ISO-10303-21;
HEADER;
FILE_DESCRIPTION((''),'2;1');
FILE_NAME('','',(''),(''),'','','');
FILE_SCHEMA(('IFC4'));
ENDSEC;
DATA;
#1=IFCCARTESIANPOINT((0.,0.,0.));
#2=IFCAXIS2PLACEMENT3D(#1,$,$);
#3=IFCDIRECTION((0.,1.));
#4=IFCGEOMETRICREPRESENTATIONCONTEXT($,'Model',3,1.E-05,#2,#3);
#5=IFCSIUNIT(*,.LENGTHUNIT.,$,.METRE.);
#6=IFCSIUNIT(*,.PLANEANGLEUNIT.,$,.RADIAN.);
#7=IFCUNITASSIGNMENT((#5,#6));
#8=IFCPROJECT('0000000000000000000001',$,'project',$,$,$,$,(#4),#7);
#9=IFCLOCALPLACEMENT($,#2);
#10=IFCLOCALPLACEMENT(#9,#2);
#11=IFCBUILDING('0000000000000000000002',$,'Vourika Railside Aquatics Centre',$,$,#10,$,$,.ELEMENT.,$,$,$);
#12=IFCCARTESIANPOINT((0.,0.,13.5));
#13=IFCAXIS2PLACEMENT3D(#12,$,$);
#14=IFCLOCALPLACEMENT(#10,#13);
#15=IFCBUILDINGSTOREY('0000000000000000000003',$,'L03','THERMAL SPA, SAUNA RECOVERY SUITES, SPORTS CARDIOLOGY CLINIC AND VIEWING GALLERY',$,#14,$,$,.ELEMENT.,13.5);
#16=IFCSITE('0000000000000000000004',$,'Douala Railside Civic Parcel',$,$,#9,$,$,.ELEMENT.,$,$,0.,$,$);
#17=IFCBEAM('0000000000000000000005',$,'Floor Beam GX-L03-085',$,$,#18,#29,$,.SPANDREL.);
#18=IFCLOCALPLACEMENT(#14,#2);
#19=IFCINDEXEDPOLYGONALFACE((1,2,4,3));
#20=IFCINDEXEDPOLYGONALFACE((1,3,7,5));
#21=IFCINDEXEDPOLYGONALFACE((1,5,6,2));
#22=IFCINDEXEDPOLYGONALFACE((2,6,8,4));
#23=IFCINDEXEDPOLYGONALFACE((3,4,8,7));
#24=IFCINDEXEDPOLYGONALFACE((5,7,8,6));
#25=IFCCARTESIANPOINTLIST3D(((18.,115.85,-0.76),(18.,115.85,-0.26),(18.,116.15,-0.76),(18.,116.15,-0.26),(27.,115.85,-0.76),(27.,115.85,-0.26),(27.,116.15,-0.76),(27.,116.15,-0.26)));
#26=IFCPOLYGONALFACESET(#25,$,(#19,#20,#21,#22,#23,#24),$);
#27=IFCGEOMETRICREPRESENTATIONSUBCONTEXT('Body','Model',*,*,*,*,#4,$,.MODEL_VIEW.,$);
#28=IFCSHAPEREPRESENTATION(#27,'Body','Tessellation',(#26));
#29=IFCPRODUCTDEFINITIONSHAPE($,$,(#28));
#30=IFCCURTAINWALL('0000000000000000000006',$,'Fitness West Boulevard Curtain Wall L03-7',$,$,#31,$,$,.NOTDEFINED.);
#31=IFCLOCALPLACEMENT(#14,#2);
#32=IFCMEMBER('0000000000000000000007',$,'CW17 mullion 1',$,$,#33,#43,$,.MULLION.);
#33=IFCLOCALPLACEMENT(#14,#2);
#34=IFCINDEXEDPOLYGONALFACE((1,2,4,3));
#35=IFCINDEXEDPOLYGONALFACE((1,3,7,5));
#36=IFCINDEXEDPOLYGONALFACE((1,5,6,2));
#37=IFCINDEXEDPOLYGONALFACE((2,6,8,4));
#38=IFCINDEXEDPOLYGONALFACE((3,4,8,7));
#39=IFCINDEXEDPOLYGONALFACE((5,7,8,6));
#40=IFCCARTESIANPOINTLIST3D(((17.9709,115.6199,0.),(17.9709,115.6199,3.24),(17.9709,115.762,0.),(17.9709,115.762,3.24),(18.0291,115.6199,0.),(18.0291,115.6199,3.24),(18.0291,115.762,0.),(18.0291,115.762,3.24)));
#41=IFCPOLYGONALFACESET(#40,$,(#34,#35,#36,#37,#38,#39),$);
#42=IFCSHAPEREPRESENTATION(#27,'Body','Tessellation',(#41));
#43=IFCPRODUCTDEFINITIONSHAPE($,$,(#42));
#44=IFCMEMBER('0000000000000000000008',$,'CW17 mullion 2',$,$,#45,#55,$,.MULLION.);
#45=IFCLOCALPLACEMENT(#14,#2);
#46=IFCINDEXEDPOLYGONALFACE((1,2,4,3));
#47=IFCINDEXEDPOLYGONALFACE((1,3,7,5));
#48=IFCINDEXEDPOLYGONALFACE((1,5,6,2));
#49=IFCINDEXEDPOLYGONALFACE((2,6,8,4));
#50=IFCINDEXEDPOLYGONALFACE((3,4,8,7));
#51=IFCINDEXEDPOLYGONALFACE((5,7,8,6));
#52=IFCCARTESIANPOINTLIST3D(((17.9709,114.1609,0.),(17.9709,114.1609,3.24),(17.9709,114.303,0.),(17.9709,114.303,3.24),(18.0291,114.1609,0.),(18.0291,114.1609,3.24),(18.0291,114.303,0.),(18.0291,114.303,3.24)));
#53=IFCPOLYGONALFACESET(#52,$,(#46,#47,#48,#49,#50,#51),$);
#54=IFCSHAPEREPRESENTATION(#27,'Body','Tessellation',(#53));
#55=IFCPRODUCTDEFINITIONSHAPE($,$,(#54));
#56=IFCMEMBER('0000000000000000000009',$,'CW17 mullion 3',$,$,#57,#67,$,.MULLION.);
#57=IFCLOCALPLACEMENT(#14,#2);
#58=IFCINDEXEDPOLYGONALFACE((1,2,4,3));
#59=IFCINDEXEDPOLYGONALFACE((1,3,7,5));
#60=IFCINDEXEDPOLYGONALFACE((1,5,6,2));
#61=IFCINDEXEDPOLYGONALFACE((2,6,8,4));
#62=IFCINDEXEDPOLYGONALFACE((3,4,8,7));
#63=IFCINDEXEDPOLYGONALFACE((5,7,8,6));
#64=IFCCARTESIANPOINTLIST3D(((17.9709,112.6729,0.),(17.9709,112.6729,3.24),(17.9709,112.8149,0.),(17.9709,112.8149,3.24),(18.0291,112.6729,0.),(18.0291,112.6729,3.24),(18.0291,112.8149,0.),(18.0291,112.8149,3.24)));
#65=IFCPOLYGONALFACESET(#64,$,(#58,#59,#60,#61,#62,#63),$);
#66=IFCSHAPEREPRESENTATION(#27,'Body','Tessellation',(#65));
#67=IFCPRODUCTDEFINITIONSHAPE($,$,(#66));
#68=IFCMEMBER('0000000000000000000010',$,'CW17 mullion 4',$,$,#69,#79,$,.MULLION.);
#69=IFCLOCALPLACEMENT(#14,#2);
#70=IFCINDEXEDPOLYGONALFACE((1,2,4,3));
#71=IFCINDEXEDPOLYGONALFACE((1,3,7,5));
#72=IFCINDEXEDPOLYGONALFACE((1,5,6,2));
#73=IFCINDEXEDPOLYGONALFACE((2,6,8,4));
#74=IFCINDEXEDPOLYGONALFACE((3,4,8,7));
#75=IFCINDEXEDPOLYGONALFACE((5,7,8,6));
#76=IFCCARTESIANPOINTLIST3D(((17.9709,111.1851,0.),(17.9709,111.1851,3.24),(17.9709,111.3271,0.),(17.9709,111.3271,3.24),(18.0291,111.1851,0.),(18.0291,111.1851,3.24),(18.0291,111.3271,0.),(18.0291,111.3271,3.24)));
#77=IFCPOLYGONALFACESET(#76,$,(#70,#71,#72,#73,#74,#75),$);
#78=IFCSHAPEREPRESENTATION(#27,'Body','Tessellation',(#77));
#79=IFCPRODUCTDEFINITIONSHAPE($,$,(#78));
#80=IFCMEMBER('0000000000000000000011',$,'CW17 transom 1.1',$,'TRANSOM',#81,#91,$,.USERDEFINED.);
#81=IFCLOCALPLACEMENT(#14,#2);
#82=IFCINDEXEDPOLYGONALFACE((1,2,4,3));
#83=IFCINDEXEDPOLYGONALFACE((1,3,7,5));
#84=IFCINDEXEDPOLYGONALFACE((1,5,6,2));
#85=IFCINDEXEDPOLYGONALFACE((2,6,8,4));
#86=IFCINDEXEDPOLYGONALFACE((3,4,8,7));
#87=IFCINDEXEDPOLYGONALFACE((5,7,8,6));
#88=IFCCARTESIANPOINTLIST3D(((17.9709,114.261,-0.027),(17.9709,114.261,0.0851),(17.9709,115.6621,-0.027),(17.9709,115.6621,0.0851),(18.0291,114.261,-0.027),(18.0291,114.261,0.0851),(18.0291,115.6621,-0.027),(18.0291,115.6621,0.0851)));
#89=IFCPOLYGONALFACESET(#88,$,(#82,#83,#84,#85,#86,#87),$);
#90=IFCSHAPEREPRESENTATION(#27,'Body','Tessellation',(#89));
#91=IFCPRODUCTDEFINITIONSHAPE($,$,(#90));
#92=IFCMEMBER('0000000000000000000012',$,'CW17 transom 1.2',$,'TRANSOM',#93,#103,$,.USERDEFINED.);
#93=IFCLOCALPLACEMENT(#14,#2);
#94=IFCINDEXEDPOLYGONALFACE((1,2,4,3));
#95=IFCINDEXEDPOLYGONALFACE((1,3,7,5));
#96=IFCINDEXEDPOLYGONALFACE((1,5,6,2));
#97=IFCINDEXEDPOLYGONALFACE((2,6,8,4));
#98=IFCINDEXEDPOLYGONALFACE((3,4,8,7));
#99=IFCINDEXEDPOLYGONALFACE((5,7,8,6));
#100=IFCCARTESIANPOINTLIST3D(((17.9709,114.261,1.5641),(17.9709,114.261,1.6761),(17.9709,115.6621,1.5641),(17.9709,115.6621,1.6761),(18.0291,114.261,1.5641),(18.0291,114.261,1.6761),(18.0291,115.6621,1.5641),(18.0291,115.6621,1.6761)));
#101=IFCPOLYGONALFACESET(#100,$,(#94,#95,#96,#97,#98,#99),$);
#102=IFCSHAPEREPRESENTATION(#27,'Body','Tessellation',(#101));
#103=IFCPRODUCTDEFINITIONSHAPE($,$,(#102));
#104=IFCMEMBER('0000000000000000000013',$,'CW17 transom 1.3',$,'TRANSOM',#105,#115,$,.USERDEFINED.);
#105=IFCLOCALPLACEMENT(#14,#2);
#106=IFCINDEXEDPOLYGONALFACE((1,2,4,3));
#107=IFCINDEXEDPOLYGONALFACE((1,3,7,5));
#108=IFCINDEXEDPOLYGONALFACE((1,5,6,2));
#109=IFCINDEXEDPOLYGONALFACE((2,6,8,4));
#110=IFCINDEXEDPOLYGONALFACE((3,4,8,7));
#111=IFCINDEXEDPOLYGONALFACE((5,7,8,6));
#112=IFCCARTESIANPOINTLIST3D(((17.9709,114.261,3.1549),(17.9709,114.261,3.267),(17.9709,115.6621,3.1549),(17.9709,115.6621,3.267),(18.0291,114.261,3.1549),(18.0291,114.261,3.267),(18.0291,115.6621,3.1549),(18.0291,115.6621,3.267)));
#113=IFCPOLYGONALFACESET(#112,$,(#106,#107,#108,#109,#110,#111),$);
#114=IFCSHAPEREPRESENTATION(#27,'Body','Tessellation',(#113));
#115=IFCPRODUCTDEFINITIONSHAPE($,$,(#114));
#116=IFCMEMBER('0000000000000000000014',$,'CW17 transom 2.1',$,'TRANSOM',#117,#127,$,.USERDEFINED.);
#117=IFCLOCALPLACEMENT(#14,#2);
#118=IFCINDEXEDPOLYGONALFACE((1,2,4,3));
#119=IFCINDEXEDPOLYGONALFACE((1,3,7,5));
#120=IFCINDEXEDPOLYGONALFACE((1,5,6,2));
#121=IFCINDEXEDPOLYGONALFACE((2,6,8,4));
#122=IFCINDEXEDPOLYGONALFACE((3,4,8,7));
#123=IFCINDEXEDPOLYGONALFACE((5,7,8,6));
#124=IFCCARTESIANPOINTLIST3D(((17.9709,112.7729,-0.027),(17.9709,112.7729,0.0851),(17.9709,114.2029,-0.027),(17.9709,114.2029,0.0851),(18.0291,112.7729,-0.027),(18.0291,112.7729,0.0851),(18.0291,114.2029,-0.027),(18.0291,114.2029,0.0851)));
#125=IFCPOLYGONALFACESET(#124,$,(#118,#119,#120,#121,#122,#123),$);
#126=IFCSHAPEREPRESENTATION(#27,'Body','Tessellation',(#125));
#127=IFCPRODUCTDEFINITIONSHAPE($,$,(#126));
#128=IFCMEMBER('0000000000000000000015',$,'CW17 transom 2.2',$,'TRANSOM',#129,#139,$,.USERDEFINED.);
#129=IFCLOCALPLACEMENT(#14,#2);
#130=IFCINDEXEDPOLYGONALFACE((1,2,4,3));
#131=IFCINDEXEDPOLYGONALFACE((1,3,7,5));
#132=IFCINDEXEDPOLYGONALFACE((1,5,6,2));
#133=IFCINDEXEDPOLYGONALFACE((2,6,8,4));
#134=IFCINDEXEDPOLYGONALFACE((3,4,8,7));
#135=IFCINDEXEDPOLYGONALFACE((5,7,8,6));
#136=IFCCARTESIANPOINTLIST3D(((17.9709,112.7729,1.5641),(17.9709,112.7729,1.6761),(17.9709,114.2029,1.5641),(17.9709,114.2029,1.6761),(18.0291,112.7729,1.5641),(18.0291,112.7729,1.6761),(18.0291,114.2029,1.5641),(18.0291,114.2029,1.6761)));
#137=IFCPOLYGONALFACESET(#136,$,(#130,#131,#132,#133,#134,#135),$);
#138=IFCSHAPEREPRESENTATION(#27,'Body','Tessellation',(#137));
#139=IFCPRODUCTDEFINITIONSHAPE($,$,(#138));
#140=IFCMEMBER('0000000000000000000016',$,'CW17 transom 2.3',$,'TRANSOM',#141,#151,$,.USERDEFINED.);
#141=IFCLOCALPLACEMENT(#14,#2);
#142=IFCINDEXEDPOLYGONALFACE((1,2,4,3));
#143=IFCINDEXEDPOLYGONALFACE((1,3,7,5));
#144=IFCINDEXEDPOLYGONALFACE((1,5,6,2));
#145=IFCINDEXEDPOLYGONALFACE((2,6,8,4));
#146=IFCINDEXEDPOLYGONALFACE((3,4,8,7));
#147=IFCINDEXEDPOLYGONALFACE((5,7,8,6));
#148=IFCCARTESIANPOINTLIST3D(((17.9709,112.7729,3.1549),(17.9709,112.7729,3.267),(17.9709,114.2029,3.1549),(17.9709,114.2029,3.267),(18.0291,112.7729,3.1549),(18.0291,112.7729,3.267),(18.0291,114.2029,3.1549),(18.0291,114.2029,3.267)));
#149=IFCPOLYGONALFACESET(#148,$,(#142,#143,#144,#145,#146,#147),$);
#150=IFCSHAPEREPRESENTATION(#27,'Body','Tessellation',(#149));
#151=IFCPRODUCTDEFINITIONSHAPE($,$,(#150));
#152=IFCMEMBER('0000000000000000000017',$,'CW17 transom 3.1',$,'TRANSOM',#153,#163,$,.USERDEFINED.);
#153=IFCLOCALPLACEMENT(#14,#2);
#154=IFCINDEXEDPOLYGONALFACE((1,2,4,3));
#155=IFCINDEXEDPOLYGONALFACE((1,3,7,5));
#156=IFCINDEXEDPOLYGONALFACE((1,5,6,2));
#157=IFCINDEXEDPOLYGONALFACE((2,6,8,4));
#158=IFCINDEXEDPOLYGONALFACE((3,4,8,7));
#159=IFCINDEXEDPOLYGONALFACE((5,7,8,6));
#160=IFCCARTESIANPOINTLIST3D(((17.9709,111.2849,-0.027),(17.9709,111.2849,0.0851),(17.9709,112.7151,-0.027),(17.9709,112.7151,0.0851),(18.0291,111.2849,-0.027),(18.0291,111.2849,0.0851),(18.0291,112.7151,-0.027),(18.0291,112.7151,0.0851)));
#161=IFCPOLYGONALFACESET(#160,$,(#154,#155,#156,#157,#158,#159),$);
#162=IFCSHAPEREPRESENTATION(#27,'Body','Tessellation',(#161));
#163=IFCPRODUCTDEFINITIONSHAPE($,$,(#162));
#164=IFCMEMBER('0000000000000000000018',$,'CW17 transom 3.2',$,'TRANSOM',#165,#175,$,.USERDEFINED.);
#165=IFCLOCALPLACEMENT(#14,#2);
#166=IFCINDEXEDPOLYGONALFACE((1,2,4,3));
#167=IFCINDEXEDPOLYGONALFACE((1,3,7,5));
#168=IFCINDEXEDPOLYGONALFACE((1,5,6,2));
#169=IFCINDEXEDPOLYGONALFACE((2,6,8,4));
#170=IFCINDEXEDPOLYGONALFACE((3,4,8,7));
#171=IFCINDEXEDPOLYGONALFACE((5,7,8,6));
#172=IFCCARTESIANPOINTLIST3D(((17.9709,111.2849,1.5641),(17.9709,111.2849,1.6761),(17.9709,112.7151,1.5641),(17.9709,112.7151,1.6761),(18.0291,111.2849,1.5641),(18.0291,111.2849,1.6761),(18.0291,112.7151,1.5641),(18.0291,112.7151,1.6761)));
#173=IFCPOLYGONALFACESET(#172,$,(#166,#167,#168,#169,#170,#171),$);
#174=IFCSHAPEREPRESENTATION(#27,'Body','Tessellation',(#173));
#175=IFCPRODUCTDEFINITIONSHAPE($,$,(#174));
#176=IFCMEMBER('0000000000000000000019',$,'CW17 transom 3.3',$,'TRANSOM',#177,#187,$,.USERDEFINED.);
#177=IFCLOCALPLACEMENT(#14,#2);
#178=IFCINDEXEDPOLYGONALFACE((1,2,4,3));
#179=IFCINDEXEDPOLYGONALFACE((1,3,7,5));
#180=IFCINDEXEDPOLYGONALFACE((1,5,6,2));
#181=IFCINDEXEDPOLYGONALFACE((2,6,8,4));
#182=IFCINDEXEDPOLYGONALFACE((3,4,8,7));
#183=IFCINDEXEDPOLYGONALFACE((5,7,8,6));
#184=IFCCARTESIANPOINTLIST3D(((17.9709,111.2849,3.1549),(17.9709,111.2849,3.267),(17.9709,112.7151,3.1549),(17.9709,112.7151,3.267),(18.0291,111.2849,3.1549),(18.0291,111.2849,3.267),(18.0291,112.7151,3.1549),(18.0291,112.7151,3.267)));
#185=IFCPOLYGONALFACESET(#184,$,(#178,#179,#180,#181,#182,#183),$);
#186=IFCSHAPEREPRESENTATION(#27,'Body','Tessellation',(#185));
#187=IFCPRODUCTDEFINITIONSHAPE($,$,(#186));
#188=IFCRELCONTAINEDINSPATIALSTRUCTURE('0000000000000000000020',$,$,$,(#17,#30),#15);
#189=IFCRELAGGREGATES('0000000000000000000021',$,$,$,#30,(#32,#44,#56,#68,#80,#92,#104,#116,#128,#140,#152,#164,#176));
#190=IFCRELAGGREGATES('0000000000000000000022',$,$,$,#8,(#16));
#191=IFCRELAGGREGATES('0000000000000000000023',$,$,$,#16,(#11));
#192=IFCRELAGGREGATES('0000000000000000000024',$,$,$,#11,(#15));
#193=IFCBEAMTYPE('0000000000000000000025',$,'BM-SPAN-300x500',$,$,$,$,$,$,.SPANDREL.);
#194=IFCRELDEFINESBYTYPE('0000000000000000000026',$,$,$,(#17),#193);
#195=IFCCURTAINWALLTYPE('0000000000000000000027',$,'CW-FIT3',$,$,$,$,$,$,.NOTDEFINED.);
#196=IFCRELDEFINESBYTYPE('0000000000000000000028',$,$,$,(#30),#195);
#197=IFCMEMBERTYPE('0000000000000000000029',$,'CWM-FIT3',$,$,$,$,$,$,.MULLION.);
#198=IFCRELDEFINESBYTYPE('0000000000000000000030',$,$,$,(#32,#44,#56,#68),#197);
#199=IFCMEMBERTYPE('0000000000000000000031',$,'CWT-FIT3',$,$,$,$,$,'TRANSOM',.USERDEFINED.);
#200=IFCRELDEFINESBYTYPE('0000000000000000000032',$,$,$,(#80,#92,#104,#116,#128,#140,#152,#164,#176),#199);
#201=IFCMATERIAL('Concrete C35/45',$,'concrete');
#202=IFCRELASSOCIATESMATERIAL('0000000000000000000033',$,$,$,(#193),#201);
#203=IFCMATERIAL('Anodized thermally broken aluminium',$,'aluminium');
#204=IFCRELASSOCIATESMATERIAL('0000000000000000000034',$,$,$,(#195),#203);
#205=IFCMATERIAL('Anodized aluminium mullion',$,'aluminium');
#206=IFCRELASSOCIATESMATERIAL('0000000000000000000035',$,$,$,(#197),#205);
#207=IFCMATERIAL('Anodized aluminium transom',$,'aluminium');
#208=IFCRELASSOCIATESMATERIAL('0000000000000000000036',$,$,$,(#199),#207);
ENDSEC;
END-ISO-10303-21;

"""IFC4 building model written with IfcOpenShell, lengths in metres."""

from ifc_helpers import new_model, si_unit, direction, frame, origin, origin_2d, place, context, subcontext, project, spatial, rectangle, extrude, material, material_profile, profile_set, type_object, element, aggregate, save


model = new_model("IFC4")

# Units and contexts
model_context = context("Model", 3, precision=1e-05, world=origin(), true_north=direction((0.0, 1.0)))
body_context = subcontext(model_context, "Body", "Model", "MODEL_VIEW")
ifc_project = project(units=[si_unit("LENGTHUNIT", "METRE"), si_unit("PLANEANGLEUNIT", "RADIAN")], contexts=[model_context])

# Site, building, storey
site_placement = place(None, origin())
site = spatial("IfcSite", under=ifc_project, at=site_placement, Name="Douala Railside Civic Parcel", CompositionType="ELEMENT", RefElevation=0.0)
building_placement = place(site_placement, origin())
building = spatial("IfcBuilding", under=site, at=building_placement, Name="Vourika Railside Aquatics Centre", CompositionType="ELEMENT")
storey_placement = place(building_placement, frame((0.0, 0.0, 13.5)))
storey = spatial("IfcBuildingStorey", under=building, at=storey_placement, Name="L03", Description="THERMAL SPA, SAUNA RECOVERY SUITES, SPORTS CARDIOLOGY CLINIC AND VIEWING GALLERY", CompositionType="ELEMENT", Elevation=13.5)

# Beam
ifc_material_1 = material(Name="Concrete C35/45", Category="concrete")
ifc_material_profile_1 = material_profile(ifc_material_1, rectangle(XDim=0.3, YDim=0.5, at=origin_2d()), Name="RC 300x500")
ifc_profile_set_1 = profile_set([ifc_material_profile_1], Name="Concrete C35/45")
beam_type = type_object("IfcBeamType", Name="BM-SPAN-300x500", PredefinedType="SPANDREL", material=ifc_profile_set_1)
beam_placement = place(storey_placement, frame((18.0, 116.0, -0.51), z_axis=(1.0, 0.0, 0.0), x_axis=(0.0, 1.0, 0.0)))
element("IfcBeam", 1, at=beam_placement, inside=storey, type_object=beam_type, Name="Floor Beam GX-L03-085", PredefinedType="SPANDREL", context=body_context, shape_type="SweptSolid", body=[
    extrude(rectangle(XDim=0.3, YDim=0.5, at=origin_2d()), origin(), (0.0, 0.0, 1.0), 9.0),
])

# Curtain wall, members
ifc_material_2 = material(Name="Anodized thermally broken aluminium", Category="aluminium")
curtain_wall_type = type_object("IfcCurtainWallType", Name="CW-FIT3", PredefinedType="NOTDEFINED", material=ifc_material_2)
curtain_wall_placement = place(storey_placement, origin())
curtain_wall = element("IfcCurtainWall", 2, at=curtain_wall_placement, inside=storey, type_object=curtain_wall_type, Name="Fitness West Boulevard Curtain Wall L03-7", PredefinedType="NOTDEFINED")
ifc_material_3 = material(Name="Anodized aluminium mullion", Category="aluminium")
ifc_material_profile_2 = material_profile(ifc_material_3, rectangle(XDim=0.0581, YDim=0.1421, at=origin_2d()), Name="ALU-M 58x142")
ifc_profile_set_2 = profile_set([ifc_material_profile_2], Name="Anodized aluminium mullion")
member_type_1 = type_object("IfcMemberType", Name="CWM-FIT3", PredefinedType="MULLION", material=ifc_profile_set_2)
member_1_placement = place(storey_placement, frame((18.0, 115.6909, 0.0), z_axis=(0.0, 0.0, 1.0), x_axis=(1.0, 0.0, 0.0)))
member_1 = element("IfcMember", 3, at=member_1_placement, type_object=member_type_1, Name="CW17 mullion 1", PredefinedType="MULLION", context=body_context, shape_type="SweptSolid", body=[
    extrude(rectangle(XDim=0.0581, YDim=0.1421, at=origin_2d()), origin(), (0.0, 0.0, 1.0), 3.24),
])
member_2_placement = place(storey_placement, frame((18.0, 114.2319, 0.0), z_axis=(0.0, 0.0, 1.0), x_axis=(1.0, 0.0, 0.0)))
member_2 = element("IfcMember", 4, at=member_2_placement, type_object=member_type_1, Name="CW17 mullion 2", PredefinedType="MULLION", context=body_context, shape_type="SweptSolid", body=[
    extrude(rectangle(XDim=0.0581, YDim=0.1421, at=origin_2d()), origin(), (0.0, 0.0, 1.0), 3.24),
])
member_3_placement = place(storey_placement, frame((18.0, 112.7439, 0.0), z_axis=(0.0, 0.0, 1.0), x_axis=(1.0, 0.0, 0.0)))
member_3 = element("IfcMember", 5, at=member_3_placement, type_object=member_type_1, Name="CW17 mullion 3", PredefinedType="MULLION", context=body_context, shape_type="SweptSolid", body=[
    extrude(rectangle(XDim=0.0581, YDim=0.1421, at=origin_2d()), origin(), (0.0, 0.0, 1.0), 3.24),
])
member_4_placement = place(storey_placement, frame((18.0, 111.2561, 0.0), z_axis=(0.0, 0.0, 1.0), x_axis=(1.0, 0.0, 0.0)))
member_4 = element("IfcMember", 6, at=member_4_placement, type_object=member_type_1, Name="CW17 mullion 4", PredefinedType="MULLION", context=body_context, shape_type="SweptSolid", body=[
    extrude(rectangle(XDim=0.0581, YDim=0.1421, at=origin_2d()), origin(), (0.0, 0.0, 1.0), 3.24),
])
ifc_material_4 = material(Name="Anodized aluminium transom", Category="aluminium")
ifc_material_profile_3 = material_profile(ifc_material_4, rectangle(XDim=0.0581, YDim=0.1121, at=origin_2d()), Name="ALU-T 58x112")
ifc_profile_set_3 = profile_set([ifc_material_profile_3], Name="Anodized aluminium transom")
member_type_2 = type_object("IfcMemberType", Name="CWT-FIT3", ElementType="TRANSOM", PredefinedType="USERDEFINED", material=ifc_profile_set_3)
member_5_placement = place(storey_placement, frame((18.0, 115.6621, 0.0291), z_axis=(0.0, -1.0, 0.0), x_axis=(1.0, 0.0, 0.0)))
member_5 = element("IfcMember", 7, at=member_5_placement, type_object=member_type_2, Name="CW17 transom 1.1", ObjectType="TRANSOM", PredefinedType="USERDEFINED", context=body_context, shape_type="SweptSolid", body=[
    extrude(rectangle(XDim=0.0581, YDim=0.1121, at=origin_2d()), origin(), (0.0, 0.0, 1.0), 1.4011),
])
member_6_placement = place(storey_placement, frame((18.0, 115.6621, 1.6201), z_axis=(0.0, -1.0, 0.0), x_axis=(1.0, 0.0, 0.0)))
member_6 = element("IfcMember", 8, at=member_6_placement, type_object=member_type_2, Name="CW17 transom 1.2", ObjectType="TRANSOM", PredefinedType="USERDEFINED", context=body_context, shape_type="SweptSolid", body=[
    extrude(rectangle(XDim=0.0581, YDim=0.1121, at=origin_2d()), origin(), (0.0, 0.0, 1.0), 1.4011),
])
member_7_placement = place(storey_placement, frame((18.0, 115.6621, 3.2109), z_axis=(0.0, -1.0, 0.0), x_axis=(1.0, 0.0, 0.0)))
member_7 = element("IfcMember", 9, at=member_7_placement, type_object=member_type_2, Name="CW17 transom 1.3", ObjectType="TRANSOM", PredefinedType="USERDEFINED", context=body_context, shape_type="SweptSolid", body=[
    extrude(rectangle(XDim=0.0581, YDim=0.1121, at=origin_2d()), origin(), (0.0, 0.0, 1.0), 1.4011),
])
member_8_placement = place(storey_placement, frame((18.0, 114.2029, 0.0291), z_axis=(0.0, -1.0, 0.0), x_axis=(1.0, 0.0, 0.0)))
member_8 = element("IfcMember", 10, at=member_8_placement, type_object=member_type_2, Name="CW17 transom 2.1", ObjectType="TRANSOM", PredefinedType="USERDEFINED", context=body_context, shape_type="SweptSolid", body=[
    extrude(rectangle(XDim=0.0581, YDim=0.1121, at=origin_2d()), origin(), (0.0, 0.0, 1.0), 1.4299),
])
member_9_placement = place(storey_placement, frame((18.0, 114.2029, 1.6201), z_axis=(0.0, -1.0, 0.0), x_axis=(1.0, 0.0, 0.0)))
member_9 = element("IfcMember", 11, at=member_9_placement, type_object=member_type_2, Name="CW17 transom 2.2", ObjectType="TRANSOM", PredefinedType="USERDEFINED", context=body_context, shape_type="SweptSolid", body=[
    extrude(rectangle(XDim=0.0581, YDim=0.1121, at=origin_2d()), origin(), (0.0, 0.0, 1.0), 1.4299),
])
member_10_placement = place(storey_placement, frame((18.0, 114.2029, 3.2109), z_axis=(0.0, -1.0, 0.0), x_axis=(1.0, 0.0, 0.0)))
member_10 = element("IfcMember", 12, at=member_10_placement, type_object=member_type_2, Name="CW17 transom 2.3", ObjectType="TRANSOM", PredefinedType="USERDEFINED", context=body_context, shape_type="SweptSolid", body=[
    extrude(rectangle(XDim=0.0581, YDim=0.1121, at=origin_2d()), origin(), (0.0, 0.0, 1.0), 1.4299),
])
member_11_placement = place(storey_placement, frame((18.0, 112.7151, 0.0291), z_axis=(0.0, -1.0, 0.0), x_axis=(1.0, 0.0, 0.0)))
member_11 = element("IfcMember", 13, at=member_11_placement, type_object=member_type_2, Name="CW17 transom 3.1", ObjectType="TRANSOM", PredefinedType="USERDEFINED", context=body_context, shape_type="SweptSolid", body=[
    extrude(rectangle(XDim=0.0581, YDim=0.1121, at=origin_2d()), origin(), (0.0, 0.0, 1.0), 1.4302),
])
member_12_placement = place(storey_placement, frame((18.0, 112.7151, 1.6201), z_axis=(0.0, -1.0, 0.0), x_axis=(1.0, 0.0, 0.0)))
member_12 = element("IfcMember", 14, at=member_12_placement, type_object=member_type_2, Name="CW17 transom 3.2", ObjectType="TRANSOM", PredefinedType="USERDEFINED", context=body_context, shape_type="SweptSolid", body=[
    extrude(rectangle(XDim=0.0581, YDim=0.1121, at=origin_2d()), origin(), (0.0, 0.0, 1.0), 1.4302),
])
member_13_placement = place(storey_placement, frame((18.0, 112.7151, 3.2109), z_axis=(0.0, -1.0, 0.0), x_axis=(1.0, 0.0, 0.0)))
member_13 = element("IfcMember", 15, at=member_13_placement, type_object=member_type_2, Name="CW17 transom 3.3", ObjectType="TRANSOM", PredefinedType="USERDEFINED", context=body_context, shape_type="SweptSolid", body=[
    extrude(rectangle(XDim=0.0581, YDim=0.1121, at=origin_2d()), origin(), (0.0, 0.0, 1.0), 1.4302),
])
aggregate(curtain_wall, [member_1, member_2, member_3, member_4, member_5, member_6, member_7, member_8, member_9, member_10, member_11, member_12, member_13])

save(model, "model.ifc")
